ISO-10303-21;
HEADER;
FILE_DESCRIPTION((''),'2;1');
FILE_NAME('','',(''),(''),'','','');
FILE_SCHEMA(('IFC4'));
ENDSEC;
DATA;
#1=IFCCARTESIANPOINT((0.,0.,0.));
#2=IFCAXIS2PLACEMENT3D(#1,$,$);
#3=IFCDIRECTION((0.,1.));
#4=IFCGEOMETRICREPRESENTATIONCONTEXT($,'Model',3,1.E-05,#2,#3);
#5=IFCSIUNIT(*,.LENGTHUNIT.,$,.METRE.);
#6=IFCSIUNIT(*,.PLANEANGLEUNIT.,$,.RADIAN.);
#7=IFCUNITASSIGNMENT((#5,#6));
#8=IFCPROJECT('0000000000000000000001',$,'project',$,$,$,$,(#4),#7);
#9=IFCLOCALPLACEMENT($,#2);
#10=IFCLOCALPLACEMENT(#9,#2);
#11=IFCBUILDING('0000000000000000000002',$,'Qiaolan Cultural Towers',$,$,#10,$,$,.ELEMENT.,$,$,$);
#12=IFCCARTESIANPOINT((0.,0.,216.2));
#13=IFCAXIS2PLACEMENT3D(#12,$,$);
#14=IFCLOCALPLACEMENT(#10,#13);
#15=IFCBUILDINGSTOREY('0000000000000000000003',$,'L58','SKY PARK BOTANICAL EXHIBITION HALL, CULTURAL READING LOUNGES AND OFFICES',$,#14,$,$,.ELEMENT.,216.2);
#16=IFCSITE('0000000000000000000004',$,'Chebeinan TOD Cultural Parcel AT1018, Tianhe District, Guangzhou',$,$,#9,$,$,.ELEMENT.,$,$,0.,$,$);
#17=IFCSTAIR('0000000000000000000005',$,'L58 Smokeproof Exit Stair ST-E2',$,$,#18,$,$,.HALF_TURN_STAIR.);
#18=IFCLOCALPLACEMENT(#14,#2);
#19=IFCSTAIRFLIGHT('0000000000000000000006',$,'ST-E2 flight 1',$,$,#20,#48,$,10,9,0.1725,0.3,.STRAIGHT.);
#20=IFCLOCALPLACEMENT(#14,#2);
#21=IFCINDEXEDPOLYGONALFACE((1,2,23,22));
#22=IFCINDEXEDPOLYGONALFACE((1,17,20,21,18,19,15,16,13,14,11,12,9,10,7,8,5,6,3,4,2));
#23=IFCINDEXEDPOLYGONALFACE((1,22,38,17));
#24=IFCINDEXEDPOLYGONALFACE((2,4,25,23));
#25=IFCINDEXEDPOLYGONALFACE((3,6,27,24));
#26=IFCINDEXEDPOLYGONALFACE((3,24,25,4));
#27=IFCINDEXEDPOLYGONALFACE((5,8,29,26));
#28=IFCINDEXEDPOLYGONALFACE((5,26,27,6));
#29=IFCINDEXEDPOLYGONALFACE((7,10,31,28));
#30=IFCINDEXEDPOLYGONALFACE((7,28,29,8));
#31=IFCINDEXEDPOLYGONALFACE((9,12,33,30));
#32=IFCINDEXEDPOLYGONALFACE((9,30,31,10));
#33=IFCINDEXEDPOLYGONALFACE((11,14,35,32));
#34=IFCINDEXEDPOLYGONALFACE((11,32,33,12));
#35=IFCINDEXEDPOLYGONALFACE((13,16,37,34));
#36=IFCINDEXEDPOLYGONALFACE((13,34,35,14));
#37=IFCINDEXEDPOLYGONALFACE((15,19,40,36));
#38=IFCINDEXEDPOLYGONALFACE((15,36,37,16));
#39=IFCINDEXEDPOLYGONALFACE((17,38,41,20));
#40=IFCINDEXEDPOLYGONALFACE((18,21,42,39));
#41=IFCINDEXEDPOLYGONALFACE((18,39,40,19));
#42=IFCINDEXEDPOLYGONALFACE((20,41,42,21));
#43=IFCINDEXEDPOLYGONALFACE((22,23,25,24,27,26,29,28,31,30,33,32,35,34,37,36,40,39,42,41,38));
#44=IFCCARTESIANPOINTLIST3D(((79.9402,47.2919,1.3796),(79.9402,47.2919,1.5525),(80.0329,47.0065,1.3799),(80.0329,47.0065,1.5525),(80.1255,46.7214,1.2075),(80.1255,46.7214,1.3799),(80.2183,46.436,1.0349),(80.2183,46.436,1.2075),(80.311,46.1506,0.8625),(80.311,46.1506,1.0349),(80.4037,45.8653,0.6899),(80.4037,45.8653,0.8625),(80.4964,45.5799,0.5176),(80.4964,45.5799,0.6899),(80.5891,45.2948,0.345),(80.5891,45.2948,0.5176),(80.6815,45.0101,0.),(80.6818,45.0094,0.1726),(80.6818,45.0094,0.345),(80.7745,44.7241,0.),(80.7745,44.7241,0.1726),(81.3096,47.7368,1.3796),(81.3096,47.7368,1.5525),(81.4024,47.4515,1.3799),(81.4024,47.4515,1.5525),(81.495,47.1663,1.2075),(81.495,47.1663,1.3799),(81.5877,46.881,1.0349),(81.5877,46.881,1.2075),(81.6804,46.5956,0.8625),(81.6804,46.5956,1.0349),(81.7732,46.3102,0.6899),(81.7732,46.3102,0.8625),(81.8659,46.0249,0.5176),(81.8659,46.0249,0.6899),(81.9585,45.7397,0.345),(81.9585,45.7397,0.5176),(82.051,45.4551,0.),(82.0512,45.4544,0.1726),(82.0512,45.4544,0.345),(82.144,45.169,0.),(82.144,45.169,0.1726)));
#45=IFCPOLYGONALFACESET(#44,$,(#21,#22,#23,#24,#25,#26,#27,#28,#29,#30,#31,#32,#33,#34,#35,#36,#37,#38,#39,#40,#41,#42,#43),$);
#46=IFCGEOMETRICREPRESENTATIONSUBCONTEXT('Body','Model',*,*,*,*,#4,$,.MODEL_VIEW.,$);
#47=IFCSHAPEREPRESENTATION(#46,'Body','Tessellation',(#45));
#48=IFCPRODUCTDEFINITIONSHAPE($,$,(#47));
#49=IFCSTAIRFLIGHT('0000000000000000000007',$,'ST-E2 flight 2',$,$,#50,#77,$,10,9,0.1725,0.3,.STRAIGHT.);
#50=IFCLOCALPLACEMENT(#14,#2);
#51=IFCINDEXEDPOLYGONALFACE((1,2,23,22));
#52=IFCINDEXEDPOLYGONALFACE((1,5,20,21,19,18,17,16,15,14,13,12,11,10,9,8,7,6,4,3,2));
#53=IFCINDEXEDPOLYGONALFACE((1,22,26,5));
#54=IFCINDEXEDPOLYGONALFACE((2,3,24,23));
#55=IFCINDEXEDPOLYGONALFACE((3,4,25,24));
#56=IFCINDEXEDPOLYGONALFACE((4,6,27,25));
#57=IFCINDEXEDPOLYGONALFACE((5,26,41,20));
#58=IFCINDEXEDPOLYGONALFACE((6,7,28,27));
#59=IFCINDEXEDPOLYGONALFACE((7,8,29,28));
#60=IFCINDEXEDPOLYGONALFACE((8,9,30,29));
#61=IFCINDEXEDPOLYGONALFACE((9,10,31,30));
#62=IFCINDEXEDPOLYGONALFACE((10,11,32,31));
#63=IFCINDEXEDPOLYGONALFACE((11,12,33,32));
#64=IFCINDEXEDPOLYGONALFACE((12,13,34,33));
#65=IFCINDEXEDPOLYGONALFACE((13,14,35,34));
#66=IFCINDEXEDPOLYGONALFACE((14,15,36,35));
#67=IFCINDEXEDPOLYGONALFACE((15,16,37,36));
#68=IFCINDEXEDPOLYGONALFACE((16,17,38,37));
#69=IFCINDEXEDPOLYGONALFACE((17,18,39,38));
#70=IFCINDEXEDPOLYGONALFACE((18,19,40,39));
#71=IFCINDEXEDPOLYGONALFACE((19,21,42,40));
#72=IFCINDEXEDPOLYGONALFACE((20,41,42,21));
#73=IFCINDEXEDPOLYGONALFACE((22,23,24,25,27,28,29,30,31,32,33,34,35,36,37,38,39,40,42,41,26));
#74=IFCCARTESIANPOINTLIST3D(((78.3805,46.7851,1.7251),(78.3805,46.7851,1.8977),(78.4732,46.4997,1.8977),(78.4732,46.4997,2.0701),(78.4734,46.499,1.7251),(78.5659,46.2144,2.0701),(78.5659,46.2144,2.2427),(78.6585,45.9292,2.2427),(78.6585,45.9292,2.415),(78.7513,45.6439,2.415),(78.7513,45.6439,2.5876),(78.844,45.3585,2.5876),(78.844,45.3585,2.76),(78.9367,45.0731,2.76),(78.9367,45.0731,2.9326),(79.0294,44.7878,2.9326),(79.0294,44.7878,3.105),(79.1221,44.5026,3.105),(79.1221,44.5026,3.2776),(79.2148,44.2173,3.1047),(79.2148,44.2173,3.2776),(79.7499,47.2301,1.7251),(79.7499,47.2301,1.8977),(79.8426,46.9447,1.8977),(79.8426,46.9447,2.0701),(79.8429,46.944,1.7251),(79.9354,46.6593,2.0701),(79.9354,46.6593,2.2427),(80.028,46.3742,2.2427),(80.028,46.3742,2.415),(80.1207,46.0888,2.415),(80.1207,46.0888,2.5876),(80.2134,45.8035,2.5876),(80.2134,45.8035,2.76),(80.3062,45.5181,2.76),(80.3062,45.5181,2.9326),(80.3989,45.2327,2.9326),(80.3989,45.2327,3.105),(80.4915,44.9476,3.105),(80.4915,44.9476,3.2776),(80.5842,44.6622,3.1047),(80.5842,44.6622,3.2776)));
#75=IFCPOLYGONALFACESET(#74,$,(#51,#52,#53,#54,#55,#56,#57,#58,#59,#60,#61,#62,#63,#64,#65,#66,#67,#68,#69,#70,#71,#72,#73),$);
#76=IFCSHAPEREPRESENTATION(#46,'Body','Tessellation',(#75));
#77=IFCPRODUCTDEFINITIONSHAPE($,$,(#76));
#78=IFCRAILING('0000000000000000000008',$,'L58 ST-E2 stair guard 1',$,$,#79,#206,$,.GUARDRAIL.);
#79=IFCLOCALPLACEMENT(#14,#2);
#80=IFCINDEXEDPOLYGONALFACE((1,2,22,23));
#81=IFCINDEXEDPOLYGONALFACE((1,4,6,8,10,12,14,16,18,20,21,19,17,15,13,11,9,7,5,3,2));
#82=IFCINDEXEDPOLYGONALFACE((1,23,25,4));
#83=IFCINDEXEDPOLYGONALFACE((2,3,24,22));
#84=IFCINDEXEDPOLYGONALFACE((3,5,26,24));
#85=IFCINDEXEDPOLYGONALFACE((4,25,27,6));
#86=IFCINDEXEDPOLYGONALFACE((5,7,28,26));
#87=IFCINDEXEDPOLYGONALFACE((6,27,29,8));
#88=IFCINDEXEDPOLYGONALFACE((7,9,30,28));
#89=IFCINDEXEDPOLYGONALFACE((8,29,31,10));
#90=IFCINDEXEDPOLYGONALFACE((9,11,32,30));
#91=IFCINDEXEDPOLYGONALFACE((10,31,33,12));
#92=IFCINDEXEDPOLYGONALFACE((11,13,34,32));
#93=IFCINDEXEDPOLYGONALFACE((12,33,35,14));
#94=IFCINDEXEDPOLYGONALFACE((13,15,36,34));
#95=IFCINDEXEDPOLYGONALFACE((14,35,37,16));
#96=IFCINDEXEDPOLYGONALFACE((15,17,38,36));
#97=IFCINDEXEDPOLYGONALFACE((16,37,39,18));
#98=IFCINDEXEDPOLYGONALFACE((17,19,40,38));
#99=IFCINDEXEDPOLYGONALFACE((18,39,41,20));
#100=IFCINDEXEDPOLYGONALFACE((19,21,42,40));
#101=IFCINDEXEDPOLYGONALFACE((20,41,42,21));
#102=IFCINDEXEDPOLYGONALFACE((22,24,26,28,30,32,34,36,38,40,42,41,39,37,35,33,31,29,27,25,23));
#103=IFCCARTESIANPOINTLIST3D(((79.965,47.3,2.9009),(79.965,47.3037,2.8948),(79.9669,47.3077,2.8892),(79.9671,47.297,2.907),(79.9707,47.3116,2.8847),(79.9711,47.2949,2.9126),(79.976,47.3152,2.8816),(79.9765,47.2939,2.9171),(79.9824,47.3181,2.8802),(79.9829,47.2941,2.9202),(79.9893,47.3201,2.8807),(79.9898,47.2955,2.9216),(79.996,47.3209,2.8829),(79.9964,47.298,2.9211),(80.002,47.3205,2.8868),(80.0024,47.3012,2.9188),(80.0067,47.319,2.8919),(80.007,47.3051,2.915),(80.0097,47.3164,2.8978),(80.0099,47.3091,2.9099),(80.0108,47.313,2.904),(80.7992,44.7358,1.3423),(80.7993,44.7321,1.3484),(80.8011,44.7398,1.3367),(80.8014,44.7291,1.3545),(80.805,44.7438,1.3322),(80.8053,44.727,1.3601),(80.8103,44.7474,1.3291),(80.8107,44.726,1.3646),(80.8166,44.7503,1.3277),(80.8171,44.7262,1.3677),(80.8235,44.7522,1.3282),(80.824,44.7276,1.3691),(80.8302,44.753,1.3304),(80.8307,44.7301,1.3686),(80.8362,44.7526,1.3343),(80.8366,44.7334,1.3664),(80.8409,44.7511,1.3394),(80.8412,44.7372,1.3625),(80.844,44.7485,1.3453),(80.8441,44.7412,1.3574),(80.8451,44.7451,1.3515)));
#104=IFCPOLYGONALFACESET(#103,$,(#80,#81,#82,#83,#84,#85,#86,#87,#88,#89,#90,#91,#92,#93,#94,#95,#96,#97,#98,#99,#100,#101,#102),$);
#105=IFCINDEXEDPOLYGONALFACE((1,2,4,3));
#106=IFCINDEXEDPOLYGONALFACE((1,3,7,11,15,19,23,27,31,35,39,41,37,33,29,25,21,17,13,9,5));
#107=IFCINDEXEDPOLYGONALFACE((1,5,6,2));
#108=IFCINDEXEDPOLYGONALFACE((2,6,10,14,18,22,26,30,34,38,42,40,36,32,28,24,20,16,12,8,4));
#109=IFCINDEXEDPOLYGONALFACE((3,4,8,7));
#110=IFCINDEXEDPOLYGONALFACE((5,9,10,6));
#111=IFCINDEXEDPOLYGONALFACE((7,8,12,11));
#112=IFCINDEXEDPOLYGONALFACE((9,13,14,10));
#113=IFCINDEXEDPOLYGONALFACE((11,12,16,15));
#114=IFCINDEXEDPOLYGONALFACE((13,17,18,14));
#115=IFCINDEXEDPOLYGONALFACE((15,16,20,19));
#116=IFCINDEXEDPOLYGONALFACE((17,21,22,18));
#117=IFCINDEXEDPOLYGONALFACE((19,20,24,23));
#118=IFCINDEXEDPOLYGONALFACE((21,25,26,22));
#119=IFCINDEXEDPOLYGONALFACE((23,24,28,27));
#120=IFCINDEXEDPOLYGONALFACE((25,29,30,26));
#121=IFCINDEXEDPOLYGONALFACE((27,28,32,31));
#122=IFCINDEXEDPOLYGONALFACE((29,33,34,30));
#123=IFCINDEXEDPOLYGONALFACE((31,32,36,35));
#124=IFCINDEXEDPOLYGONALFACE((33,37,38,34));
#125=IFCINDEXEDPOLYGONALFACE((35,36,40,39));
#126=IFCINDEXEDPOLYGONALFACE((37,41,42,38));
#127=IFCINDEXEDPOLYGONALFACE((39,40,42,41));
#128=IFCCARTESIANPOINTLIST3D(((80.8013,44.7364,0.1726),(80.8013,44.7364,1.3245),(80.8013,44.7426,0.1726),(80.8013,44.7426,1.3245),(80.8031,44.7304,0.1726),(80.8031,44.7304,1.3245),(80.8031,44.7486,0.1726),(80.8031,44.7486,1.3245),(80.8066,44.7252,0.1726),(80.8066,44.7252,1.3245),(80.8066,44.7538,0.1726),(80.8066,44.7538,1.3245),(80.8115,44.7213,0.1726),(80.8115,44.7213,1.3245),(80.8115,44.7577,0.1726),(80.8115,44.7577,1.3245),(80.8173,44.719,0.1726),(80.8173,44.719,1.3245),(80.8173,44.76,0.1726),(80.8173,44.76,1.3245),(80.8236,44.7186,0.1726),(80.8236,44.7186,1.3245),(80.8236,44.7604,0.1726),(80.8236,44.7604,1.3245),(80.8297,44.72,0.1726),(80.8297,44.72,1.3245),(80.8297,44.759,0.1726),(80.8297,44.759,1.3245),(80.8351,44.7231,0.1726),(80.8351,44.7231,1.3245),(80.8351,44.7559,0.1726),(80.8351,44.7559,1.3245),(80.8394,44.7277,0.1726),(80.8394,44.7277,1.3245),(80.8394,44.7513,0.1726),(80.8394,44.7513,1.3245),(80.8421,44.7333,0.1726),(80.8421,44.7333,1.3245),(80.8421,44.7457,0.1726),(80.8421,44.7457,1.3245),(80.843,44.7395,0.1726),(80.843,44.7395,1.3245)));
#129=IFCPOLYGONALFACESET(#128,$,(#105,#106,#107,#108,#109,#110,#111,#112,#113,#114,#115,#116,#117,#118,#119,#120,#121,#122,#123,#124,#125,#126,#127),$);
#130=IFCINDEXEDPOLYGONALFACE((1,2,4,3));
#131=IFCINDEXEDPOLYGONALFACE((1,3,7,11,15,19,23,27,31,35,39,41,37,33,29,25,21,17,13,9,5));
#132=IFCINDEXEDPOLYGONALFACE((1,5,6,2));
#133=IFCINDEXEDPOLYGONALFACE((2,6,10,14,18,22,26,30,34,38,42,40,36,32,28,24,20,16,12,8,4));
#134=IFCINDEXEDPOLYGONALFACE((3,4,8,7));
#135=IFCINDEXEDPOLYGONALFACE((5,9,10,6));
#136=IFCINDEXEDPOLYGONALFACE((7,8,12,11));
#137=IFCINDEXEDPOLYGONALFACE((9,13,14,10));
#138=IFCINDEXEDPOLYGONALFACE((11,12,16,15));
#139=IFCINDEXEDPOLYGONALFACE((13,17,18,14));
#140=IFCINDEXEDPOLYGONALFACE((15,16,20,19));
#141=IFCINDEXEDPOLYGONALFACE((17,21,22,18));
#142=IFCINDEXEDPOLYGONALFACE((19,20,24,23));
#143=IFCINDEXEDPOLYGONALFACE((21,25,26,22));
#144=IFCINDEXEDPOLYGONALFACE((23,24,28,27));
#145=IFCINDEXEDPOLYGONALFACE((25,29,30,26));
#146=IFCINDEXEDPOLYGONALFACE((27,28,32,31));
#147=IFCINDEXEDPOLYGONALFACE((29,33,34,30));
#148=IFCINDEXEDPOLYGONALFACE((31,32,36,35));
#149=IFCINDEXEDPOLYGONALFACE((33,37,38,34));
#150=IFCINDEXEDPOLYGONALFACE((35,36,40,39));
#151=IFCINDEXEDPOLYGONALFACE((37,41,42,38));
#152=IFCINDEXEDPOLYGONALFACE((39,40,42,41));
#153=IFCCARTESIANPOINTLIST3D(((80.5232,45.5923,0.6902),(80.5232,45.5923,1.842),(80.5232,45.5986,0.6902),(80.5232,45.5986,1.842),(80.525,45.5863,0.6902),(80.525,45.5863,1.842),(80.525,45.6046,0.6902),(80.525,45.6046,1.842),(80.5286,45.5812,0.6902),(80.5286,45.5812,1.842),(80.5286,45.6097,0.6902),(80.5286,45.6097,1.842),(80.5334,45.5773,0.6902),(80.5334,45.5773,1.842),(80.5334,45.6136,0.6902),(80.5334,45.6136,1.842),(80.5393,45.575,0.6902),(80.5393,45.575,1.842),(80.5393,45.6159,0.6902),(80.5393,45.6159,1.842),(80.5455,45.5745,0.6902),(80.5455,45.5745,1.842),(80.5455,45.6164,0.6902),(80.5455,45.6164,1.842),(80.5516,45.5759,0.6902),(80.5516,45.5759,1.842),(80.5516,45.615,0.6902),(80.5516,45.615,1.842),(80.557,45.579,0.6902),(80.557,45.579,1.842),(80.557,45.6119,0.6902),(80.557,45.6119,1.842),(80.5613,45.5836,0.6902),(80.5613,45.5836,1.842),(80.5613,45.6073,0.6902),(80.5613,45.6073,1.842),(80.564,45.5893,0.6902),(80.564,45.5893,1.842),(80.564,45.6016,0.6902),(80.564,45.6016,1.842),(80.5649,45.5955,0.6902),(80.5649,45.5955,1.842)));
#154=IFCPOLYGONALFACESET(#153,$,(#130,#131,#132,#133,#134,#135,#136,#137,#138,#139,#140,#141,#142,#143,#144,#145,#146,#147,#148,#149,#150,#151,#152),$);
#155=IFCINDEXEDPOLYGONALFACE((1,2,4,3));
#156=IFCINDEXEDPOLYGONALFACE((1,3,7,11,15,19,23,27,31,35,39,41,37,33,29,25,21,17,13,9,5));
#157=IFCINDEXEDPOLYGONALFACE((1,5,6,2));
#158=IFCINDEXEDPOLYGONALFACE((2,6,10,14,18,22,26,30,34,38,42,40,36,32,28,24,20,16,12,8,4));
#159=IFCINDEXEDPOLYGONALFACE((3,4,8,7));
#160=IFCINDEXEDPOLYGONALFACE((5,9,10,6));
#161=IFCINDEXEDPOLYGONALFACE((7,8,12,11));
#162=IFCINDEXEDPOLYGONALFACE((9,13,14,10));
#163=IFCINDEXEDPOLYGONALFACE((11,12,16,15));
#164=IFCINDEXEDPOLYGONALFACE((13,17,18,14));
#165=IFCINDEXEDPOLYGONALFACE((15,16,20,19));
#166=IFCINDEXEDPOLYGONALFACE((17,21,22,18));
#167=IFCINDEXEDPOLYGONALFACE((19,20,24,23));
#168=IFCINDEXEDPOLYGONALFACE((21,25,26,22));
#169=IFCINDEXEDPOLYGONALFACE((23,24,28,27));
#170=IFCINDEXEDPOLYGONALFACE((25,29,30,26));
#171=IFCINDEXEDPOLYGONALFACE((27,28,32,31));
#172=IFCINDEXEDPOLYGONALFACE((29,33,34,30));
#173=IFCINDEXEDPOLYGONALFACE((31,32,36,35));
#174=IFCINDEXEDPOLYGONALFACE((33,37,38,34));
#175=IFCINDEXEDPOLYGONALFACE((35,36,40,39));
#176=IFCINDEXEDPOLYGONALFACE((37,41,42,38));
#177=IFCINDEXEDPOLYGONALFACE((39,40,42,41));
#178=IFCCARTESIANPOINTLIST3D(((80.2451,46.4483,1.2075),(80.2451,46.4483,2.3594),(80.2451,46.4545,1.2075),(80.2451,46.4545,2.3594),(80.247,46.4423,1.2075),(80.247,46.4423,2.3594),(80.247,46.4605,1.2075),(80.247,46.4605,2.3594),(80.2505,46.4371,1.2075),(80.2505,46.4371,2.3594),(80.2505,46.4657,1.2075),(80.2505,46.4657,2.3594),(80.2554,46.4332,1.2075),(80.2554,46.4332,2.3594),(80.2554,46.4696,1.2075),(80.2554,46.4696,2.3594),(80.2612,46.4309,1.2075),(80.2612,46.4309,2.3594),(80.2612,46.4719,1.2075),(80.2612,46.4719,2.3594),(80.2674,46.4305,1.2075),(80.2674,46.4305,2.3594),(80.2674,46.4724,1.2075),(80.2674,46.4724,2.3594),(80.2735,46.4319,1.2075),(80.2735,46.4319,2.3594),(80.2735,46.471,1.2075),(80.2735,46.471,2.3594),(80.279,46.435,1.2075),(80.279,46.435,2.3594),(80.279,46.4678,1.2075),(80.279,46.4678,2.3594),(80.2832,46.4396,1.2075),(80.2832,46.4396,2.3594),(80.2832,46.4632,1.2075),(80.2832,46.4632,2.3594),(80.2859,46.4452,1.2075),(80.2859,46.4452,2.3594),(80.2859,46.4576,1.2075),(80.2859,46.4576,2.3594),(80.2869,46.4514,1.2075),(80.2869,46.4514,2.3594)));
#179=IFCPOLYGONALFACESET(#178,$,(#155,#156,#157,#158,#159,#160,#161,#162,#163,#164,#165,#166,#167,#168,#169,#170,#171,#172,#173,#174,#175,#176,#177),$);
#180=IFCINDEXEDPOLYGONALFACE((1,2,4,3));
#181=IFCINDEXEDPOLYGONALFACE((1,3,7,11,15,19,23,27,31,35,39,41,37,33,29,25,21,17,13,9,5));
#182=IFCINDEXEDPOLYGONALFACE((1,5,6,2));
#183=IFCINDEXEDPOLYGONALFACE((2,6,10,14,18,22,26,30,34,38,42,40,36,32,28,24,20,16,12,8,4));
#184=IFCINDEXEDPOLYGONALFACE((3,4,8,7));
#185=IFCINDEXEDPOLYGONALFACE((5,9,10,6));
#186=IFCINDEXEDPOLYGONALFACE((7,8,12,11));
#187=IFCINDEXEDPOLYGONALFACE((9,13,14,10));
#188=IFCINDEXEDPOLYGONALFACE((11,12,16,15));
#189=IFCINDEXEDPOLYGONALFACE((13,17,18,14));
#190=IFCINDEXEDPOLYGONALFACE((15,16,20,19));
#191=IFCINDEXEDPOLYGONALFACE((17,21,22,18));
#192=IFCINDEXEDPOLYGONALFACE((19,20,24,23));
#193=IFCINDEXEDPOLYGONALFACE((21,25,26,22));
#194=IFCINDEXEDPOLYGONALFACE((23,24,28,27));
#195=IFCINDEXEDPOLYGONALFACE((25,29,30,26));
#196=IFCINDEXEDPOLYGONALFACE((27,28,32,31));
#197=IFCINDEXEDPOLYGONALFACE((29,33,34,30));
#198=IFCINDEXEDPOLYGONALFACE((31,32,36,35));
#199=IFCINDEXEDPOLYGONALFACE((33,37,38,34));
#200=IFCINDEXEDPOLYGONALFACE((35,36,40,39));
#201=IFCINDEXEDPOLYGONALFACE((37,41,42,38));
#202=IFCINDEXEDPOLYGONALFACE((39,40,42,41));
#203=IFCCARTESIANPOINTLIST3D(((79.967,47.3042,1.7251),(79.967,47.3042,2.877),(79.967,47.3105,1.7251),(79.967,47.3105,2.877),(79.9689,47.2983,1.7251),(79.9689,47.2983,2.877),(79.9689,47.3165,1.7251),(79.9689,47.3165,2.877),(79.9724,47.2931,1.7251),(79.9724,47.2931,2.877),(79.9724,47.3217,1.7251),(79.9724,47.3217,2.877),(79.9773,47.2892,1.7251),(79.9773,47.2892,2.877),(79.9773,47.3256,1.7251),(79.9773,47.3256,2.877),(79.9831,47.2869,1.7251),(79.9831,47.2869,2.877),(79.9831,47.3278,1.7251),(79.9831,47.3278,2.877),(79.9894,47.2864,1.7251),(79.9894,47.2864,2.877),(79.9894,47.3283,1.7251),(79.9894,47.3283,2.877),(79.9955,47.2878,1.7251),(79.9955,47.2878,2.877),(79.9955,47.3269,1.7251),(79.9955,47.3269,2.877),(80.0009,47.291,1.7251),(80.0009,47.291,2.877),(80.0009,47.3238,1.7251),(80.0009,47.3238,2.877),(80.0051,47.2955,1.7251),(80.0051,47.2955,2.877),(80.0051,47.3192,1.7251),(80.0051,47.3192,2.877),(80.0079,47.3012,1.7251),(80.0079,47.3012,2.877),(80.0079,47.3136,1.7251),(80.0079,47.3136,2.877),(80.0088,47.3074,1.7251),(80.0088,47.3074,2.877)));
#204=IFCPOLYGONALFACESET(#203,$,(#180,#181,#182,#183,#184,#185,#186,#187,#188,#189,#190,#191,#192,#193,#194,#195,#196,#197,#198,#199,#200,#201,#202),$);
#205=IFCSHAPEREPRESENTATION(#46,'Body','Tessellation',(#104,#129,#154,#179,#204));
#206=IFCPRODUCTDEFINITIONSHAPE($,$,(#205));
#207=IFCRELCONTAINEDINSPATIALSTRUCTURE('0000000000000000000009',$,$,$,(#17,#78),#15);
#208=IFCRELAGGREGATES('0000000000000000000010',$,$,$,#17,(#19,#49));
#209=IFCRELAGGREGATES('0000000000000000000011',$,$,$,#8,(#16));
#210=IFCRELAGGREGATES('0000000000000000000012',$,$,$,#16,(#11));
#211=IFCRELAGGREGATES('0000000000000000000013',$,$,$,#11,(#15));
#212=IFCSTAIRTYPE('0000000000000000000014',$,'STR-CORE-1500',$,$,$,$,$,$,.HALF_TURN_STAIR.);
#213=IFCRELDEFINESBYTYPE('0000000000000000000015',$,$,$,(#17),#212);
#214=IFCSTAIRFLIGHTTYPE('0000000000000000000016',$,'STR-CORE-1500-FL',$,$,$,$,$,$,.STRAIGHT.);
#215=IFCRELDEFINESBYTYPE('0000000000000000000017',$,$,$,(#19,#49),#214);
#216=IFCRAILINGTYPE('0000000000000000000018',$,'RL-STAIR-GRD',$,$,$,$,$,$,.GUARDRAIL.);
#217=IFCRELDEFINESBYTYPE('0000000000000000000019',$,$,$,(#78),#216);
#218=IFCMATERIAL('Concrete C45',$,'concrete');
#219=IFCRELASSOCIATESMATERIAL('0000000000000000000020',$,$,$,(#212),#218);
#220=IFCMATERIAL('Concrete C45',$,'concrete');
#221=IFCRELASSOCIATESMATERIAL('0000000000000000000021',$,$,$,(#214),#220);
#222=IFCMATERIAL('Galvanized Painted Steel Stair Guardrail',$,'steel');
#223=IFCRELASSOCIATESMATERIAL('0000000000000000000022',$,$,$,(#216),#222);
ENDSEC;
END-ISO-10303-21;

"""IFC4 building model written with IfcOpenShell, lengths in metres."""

from ifc_helpers import new_model, si_unit, direction, frame, origin, origin_2d, place, context, subcontext, project, spatial, polyline, circle, outline, extrude, material, type_object, element, aggregate, save


model = new_model("IFC4")

# Units and contexts
model_context = context("Model", 3, precision=1e-05, world=origin(), true_north=direction((0.0, 1.0)))
body_context = subcontext(model_context, "Body", "Model", "MODEL_VIEW")
ifc_project = project(units=[si_unit("LENGTHUNIT", "METRE"), si_unit("PLANEANGLEUNIT", "RADIAN")], contexts=[model_context])

# Site, building, storey
site_placement = place(None, origin())
site = spatial("IfcSite", under=ifc_project, at=site_placement, Name="Chebeinan TOD Cultural Parcel AT1018, Tianhe District, Guangzhou", CompositionType="ELEMENT", RefElevation=0.0)
building_placement = place(site_placement, origin())
building = spatial("IfcBuilding", under=site, at=building_placement, Name="Qiaolan Cultural Towers", CompositionType="ELEMENT")
storey_placement = place(building_placement, frame((0.0, 0.0, 216.2)))
storey = spatial("IfcBuildingStorey", under=building, at=storey_placement, Name="L58", Description="SKY PARK BOTANICAL EXHIBITION HALL, CULTURAL READING LOUNGES AND OFFICES", CompositionType="ELEMENT", Elevation=216.2)

# Stair, stair flights
ifc_material_1 = material(Name="Concrete C45", Category="concrete")
stair_type = type_object("IfcStairType", Name="STR-CORE-1500", PredefinedType="HALF_TURN_STAIR", material=ifc_material_1)
stair_placement = place(storey_placement, origin())
stair = element("IfcStair", 1, at=stair_placement, inside=storey, type_object=stair_type, Name="L58 Smokeproof Exit Stair ST-E2", PredefinedType="HALF_TURN_STAIR")
ifc_material_2 = material(Name="Concrete C45", Category="concrete")
stair_flight_type = type_object("IfcStairFlightType", Name="STR-CORE-1500-FL", PredefinedType="STRAIGHT", material=ifc_material_2)
stair_flight_1_placement = place(storey_placement, frame((81.4592, 44.9465, 0.0), z_axis=(0.0, 0.0, 1.0), x_axis=(-0.309017, 0.951057, 0.0)))
stair_flight_1 = element("IfcStairFlight", 2, at=stair_flight_1_placement, type_object=stair_flight_type, Name="ST-E2 flight 1", NumberOfRisers=10, NumberOfTreads=9, PredefinedType="STRAIGHT", RiserHeight=0.1725, TreadLength=0.3, context=body_context, shape_type="SweptSolid", body=[
    extrude(outline(polyline([(0.0, 0.0), (0.0, 0.1726), (0.3, 0.1726), (0.3, 0.345), (0.6001, 0.345), (0.6001, 0.5176), (0.8999, 0.5176), (0.8999, 0.6899), (1.2, 0.6899), (1.2, 0.8625), (1.5, 0.8625), (1.5, 1.0349), (1.8, 1.0349), (1.8, 1.2075), (2.1001, 1.2075), (2.1001, 1.3799), (2.3999, 1.3799), (2.3999, 1.5525), (2.7, 1.5525), (2.7, 1.7251), (2.7, 1.3796), (0.3008, 0.0), (0.0, 0.0)])), frame((0.0, 0.72, 0.0), z_axis=(0.0, -1.0, 0.0), x_axis=(1.0, 0.0, 0.0)), (0.0, 0.0, 1.0), 1.4399),
])
stair_flight_2_placement = place(storey_placement, frame((79.0652, 47.0076, 1.7251), z_axis=(0.0, 0.0, 1.0), x_axis=(0.309017, -0.951057, 0.0)))
stair_flight_2 = element("IfcStairFlight", 3, at=stair_flight_2_placement, type_object=stair_flight_type, Name="ST-E2 flight 2", NumberOfRisers=10, NumberOfTreads=9, PredefinedType="STRAIGHT", RiserHeight=0.1725, TreadLength=0.3, context=body_context, shape_type="SweptSolid", body=[
    extrude(outline(polyline([(0.0, 0.0), (0.0, 0.1726), (0.3, 0.1726), (0.3, 0.345), (0.6001, 0.345), (0.6001, 0.5176), (0.8999, 0.5176), (0.8999, 0.6899), (1.2, 0.6899), (1.2, 0.8625), (1.5, 0.8625), (1.5, 1.0349), (1.8, 1.0349), (1.8, 1.2075), (2.1001, 1.2075), (2.1001, 1.3799), (2.3999, 1.3799), (2.3999, 1.5525), (2.7, 1.5525), (2.7, 1.7251), (2.7, 1.3796), (0.3008, 0.0), (0.0, 0.0)])), frame((0.0, 0.72, 0.0), z_axis=(0.0, -1.0, 0.0), x_axis=(1.0, 0.0, 0.0)), (0.0, 0.0, 1.0), 1.4399),
])
aggregate(stair, [stair_flight_1, stair_flight_2])

# Railing
ifc_material_3 = material(Name="Galvanized Painted Steel Stair Guardrail", Category="steel")
railing_type_1 = type_object("IfcRailingType", Name="RL-STAIR-GRD", PredefinedType="GUARDRAIL", material=ifc_material_3)
railing_1_placement = place(storey_placement, frame((80.822, 44.7395, 0.1726)))
element("IfcRailing", 4, at=railing_1_placement, inside=storey, type_object=railing_type_1, Name="L58 ST-E2 stair guard 1", PredefinedType="GUARDRAIL", context=body_context, shape_type="SweptSolid", body=[
    extrude(circle(Radius=0.0239, at=origin_2d()), frame((0.0, 0.0, 1.1758), z_axis=(-0.267853, 0.824488, 0.498471), x_axis=(-0.95107, -0.308976, 0.0)), (0.0, 0.0, 1.0), 3.1145),
    extrude(circle(Radius=0.021, at=origin_2d()), origin(), (0.0, 0.0, 1.0), 1.1519),
    extrude(circle(Radius=0.021, at=origin_2d()), frame((-0.2781, 0.856, 0.5176)), (0.0, 0.0, 1.0), 1.1519),
    extrude(circle(Radius=0.021, at=origin_2d()), frame((-0.5562, 1.7119, 1.0349)), (0.0, 0.0, 1.0), 1.1519),
    extrude(circle(Radius=0.021, at=origin_2d()), frame((-0.8342, 2.5679, 1.5525)), (0.0, 0.0, 1.0), 1.1519),
])

save(model, "model.ifc")
